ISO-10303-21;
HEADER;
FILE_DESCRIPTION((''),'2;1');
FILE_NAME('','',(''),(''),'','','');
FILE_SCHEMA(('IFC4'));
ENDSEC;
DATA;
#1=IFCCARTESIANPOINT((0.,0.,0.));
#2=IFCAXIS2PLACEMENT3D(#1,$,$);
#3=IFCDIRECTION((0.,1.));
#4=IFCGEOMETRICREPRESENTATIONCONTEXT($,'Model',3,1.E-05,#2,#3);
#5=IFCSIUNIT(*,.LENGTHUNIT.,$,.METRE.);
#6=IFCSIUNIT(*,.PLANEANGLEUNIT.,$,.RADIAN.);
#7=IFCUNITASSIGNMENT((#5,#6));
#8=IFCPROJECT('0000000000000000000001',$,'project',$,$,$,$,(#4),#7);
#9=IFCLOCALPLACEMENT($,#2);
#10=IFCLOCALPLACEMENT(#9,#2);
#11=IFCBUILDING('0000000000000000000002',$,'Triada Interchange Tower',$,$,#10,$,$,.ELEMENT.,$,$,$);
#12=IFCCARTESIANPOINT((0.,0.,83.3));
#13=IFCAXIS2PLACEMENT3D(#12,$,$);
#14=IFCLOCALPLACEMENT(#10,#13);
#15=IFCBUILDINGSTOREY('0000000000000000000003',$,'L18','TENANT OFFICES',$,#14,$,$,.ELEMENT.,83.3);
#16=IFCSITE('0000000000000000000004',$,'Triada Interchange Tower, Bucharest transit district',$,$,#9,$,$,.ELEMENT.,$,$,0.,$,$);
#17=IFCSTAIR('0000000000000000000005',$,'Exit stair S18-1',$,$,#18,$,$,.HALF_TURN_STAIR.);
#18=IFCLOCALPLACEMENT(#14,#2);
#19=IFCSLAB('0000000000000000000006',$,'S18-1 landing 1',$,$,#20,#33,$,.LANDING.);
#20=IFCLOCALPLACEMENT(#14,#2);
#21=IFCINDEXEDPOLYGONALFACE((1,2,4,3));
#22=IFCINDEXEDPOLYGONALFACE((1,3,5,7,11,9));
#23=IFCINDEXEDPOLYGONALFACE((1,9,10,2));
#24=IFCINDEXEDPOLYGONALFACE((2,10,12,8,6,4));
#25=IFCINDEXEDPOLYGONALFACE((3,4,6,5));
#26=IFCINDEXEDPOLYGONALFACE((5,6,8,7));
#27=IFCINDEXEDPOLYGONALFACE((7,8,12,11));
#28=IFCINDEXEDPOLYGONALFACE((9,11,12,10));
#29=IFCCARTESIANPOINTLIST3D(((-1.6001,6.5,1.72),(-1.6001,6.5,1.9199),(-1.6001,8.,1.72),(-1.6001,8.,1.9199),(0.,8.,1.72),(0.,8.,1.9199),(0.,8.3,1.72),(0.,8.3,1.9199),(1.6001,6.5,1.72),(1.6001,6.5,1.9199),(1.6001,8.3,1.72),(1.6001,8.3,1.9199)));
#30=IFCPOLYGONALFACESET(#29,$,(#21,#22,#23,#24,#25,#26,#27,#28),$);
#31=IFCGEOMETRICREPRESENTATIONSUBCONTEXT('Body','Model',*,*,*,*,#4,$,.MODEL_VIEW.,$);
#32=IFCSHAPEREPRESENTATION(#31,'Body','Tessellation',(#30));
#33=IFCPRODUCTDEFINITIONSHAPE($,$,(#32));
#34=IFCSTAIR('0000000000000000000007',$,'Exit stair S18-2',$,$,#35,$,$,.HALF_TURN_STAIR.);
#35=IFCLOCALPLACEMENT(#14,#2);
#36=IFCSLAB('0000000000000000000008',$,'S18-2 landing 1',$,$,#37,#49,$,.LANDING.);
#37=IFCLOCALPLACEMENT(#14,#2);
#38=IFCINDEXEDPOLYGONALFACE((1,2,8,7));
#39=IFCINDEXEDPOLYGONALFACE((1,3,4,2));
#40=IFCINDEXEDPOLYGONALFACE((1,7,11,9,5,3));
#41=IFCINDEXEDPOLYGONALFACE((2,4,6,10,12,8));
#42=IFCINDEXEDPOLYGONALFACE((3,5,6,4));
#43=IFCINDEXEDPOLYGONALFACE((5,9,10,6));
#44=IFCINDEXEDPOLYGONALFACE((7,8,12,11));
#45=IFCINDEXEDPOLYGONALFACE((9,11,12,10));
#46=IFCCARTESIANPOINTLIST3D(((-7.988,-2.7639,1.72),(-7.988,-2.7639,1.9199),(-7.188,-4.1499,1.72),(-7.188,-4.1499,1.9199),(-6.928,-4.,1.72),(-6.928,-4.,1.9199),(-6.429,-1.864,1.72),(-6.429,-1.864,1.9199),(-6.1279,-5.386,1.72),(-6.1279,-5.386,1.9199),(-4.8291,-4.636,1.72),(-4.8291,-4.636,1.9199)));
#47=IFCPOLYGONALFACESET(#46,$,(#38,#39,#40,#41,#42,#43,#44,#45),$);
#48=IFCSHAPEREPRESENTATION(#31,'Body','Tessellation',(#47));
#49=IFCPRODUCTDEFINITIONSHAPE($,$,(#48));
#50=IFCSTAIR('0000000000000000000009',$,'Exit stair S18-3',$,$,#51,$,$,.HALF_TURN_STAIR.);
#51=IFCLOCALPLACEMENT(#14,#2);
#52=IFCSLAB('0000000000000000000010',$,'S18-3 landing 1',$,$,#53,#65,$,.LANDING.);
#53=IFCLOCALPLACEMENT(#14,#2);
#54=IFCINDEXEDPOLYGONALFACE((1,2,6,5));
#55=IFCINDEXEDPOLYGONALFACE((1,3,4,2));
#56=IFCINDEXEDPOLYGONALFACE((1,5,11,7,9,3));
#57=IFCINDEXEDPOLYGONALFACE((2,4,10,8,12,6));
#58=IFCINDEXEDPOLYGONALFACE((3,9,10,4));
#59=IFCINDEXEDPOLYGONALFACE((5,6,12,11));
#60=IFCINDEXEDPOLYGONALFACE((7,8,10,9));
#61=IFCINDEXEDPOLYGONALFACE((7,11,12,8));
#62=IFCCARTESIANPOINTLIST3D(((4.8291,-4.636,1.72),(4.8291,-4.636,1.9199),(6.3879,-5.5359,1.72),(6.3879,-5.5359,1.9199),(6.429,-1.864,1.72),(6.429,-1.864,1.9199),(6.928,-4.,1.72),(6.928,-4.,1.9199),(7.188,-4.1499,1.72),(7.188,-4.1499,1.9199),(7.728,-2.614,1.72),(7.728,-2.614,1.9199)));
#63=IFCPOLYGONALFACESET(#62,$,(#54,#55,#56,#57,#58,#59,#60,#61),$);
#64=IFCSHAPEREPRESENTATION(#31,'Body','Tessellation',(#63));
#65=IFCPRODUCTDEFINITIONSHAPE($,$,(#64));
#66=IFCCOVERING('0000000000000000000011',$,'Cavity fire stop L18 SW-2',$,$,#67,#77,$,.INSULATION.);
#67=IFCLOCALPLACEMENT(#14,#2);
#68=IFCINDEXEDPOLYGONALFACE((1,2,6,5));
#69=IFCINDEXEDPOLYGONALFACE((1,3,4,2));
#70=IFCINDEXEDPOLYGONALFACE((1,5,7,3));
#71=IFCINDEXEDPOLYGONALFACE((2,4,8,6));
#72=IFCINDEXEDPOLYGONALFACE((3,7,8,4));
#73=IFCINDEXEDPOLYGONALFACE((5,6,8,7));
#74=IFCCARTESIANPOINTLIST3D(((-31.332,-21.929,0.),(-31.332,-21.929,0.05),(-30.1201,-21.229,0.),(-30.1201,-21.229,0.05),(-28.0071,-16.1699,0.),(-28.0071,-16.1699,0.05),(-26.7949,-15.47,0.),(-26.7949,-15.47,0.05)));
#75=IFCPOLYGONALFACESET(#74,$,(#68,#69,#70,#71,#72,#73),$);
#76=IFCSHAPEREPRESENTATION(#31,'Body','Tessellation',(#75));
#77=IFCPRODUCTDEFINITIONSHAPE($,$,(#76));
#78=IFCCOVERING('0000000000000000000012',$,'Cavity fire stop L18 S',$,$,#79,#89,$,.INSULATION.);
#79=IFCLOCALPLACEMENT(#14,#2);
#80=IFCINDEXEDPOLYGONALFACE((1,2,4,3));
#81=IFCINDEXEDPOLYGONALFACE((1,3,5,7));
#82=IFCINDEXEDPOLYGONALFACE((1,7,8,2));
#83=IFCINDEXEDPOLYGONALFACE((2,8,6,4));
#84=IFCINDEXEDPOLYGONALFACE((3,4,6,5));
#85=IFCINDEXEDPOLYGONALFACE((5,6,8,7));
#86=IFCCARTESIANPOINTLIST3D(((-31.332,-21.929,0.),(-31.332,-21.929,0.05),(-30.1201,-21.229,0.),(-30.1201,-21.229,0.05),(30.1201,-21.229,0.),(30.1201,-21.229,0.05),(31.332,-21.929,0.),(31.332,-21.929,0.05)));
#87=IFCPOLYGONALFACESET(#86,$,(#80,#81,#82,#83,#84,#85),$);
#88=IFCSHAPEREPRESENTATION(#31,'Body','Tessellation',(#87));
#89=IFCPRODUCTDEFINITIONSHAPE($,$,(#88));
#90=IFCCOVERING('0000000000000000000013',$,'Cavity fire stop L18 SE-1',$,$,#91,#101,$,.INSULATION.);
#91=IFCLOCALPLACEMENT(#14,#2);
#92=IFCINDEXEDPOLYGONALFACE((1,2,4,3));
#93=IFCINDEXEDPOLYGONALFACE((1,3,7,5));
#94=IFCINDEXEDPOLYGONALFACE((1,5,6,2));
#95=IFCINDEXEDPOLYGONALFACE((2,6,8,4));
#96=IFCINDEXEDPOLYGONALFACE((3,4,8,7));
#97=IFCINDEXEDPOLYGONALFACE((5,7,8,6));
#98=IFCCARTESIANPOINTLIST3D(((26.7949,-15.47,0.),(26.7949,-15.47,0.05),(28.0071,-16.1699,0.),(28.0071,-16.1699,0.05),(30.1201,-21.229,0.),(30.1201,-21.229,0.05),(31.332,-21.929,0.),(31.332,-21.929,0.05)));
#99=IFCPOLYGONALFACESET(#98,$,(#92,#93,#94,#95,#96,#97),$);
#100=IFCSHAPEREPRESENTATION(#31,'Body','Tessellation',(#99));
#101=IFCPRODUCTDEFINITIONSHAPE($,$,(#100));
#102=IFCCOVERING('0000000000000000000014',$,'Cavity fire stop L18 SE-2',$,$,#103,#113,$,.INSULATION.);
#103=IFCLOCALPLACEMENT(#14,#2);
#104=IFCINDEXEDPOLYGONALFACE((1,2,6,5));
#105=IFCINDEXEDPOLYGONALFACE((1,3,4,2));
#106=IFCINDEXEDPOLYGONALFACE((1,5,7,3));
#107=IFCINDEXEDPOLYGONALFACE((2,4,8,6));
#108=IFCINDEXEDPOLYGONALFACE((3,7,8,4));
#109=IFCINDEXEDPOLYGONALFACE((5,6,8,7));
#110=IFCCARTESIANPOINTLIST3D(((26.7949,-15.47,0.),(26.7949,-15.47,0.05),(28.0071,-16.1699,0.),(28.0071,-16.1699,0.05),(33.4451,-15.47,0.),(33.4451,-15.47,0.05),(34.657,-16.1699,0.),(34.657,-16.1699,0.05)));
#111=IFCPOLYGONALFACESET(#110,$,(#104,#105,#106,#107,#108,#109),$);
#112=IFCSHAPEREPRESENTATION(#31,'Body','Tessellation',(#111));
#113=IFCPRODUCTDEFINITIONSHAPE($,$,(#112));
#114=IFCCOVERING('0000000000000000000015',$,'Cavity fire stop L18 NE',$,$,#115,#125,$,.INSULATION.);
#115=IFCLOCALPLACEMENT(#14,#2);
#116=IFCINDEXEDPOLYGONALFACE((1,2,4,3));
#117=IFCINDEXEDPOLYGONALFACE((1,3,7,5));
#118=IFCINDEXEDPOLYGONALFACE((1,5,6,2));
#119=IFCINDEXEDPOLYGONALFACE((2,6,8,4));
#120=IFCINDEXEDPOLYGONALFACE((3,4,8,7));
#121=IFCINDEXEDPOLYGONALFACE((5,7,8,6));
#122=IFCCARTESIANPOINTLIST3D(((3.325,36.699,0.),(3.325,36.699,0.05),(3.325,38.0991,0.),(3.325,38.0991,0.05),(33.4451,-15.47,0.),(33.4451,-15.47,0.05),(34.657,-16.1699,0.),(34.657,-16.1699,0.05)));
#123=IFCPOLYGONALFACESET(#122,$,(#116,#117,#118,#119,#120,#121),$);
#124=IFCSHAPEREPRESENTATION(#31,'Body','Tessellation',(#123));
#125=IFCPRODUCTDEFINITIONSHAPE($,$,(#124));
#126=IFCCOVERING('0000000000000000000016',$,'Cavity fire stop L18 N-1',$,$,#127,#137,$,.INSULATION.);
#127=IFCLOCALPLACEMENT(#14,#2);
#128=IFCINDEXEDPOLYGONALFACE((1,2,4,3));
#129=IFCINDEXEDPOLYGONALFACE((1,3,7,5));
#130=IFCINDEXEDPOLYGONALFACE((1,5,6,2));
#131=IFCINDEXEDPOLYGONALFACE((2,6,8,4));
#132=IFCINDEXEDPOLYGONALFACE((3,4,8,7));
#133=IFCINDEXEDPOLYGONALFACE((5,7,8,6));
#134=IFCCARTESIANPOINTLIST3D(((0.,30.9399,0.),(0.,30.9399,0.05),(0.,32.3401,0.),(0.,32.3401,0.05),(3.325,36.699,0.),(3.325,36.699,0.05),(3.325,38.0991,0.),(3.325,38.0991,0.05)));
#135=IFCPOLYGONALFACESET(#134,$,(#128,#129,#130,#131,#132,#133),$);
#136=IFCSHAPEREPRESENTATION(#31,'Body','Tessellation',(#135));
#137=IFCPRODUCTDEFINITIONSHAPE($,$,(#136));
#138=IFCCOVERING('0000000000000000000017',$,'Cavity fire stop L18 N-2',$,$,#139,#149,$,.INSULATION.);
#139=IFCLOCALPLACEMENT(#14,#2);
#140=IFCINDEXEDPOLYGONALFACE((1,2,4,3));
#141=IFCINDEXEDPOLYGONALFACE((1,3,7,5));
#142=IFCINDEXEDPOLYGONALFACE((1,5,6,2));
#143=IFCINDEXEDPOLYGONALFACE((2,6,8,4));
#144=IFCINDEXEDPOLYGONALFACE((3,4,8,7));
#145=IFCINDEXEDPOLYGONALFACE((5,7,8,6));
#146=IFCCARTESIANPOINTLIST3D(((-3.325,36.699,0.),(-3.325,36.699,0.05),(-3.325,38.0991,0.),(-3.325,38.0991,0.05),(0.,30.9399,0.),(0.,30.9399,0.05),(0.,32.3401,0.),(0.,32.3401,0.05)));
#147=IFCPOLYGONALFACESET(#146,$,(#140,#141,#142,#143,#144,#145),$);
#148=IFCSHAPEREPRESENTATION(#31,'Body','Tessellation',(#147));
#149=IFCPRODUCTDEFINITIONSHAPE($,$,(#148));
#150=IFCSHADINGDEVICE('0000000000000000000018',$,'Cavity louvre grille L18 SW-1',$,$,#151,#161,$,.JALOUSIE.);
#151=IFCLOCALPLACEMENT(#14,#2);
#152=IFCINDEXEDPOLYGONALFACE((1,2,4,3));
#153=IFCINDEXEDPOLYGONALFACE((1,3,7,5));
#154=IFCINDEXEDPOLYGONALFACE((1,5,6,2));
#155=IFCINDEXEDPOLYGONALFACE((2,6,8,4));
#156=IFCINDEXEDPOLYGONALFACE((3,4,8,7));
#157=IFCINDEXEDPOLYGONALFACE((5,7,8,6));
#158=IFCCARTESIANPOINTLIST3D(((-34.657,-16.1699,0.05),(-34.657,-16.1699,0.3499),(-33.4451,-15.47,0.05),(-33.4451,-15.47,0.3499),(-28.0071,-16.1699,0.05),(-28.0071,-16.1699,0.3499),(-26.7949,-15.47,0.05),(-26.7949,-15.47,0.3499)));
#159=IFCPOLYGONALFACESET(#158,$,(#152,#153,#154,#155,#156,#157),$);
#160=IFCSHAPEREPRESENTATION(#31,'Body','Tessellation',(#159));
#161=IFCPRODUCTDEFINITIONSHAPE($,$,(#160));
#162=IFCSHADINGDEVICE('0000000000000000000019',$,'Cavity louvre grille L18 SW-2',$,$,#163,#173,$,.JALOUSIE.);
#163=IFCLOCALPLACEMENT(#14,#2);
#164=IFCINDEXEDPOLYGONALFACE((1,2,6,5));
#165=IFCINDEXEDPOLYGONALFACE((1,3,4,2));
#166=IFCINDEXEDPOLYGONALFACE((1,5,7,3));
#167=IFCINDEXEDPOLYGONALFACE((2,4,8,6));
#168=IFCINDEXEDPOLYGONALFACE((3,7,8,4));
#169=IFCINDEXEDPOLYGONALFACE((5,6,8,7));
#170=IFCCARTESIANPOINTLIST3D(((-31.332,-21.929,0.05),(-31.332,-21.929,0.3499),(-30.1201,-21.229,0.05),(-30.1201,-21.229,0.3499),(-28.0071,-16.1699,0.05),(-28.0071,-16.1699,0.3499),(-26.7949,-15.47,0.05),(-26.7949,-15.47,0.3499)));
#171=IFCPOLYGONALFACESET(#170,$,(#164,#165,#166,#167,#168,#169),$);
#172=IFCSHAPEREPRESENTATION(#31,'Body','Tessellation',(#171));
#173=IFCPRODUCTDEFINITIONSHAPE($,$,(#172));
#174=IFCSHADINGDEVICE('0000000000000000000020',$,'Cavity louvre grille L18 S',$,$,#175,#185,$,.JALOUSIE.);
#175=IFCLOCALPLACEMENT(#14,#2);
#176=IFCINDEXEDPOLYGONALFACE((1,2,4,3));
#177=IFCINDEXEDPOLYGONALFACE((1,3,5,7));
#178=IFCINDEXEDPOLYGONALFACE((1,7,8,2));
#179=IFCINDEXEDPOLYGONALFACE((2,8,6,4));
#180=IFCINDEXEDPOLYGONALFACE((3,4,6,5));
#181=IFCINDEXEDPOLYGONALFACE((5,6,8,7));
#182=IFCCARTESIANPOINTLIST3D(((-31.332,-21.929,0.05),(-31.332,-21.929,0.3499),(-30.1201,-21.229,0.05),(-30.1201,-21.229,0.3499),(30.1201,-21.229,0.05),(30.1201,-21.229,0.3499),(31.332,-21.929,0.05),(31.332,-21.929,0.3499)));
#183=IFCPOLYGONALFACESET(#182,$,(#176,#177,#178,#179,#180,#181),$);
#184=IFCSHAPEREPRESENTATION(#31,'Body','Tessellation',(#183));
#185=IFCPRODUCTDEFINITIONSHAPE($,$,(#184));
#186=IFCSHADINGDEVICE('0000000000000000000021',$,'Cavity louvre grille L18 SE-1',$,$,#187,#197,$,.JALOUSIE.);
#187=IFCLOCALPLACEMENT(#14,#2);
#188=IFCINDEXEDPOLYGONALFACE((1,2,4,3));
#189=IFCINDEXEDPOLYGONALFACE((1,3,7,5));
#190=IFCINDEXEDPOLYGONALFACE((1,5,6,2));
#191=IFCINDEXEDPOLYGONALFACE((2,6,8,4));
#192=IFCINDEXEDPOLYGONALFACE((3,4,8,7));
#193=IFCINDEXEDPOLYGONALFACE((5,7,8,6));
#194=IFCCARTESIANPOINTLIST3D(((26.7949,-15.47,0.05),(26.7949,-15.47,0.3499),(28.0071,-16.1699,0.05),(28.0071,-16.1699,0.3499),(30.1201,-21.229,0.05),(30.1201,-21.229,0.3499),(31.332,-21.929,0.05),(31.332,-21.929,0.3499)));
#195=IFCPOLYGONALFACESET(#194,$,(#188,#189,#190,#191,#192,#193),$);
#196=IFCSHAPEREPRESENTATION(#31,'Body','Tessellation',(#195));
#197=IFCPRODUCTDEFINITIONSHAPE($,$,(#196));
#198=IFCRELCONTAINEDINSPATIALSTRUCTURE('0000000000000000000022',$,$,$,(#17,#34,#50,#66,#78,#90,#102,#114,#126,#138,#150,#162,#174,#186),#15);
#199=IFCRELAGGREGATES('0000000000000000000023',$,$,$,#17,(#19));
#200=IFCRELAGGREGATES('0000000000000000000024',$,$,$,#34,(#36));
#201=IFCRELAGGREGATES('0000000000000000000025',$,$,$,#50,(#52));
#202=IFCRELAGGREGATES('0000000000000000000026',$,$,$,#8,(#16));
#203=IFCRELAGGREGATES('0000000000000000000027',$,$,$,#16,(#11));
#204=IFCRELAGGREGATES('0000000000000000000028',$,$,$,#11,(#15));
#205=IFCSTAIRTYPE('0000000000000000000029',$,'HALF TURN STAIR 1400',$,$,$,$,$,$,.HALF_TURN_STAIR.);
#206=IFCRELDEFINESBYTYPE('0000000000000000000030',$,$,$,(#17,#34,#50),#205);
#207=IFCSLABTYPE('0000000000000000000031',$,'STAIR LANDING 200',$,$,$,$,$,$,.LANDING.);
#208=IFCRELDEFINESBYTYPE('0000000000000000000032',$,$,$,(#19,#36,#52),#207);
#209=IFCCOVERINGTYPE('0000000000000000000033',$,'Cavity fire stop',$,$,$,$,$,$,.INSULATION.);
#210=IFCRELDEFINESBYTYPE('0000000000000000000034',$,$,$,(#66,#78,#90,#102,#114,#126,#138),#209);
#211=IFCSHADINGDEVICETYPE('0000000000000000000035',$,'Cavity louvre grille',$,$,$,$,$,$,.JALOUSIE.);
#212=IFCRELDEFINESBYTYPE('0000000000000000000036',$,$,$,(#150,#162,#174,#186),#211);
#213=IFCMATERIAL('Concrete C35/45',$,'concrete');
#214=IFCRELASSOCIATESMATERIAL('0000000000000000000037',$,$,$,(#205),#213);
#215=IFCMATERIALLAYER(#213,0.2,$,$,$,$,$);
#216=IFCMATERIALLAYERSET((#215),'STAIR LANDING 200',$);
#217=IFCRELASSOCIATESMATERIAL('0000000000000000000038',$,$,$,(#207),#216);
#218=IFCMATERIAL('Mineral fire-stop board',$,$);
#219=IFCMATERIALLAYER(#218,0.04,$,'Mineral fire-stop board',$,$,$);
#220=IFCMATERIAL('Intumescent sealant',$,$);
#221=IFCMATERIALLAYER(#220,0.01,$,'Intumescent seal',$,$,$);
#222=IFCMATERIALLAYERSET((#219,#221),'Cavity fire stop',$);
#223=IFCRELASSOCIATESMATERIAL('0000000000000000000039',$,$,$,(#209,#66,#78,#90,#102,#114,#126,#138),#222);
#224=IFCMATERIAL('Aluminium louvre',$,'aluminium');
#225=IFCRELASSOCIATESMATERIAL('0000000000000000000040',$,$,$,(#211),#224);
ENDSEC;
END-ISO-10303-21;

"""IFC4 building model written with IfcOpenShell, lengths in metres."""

from ifc_helpers import new_model, si_unit, direction, frame, origin, place, context, subcontext, project, spatial, polyline, outline, extrude, material, layer, layer_set, layer_usage, type_object, element, aggregate, save


model = new_model("IFC4")

# Units and contexts
model_context = context("Model", 3, precision=1e-05, world=origin(), true_north=direction((0.0, 1.0)))
body_context = subcontext(model_context, "Body", "Model", "MODEL_VIEW")
ifc_project = project(units=[si_unit("LENGTHUNIT", "METRE"), si_unit("PLANEANGLEUNIT", "RADIAN")], contexts=[model_context])

# Site, building, storey
site_placement = place(None, origin())
site = spatial("IfcSite", under=ifc_project, at=site_placement, Name="Triada Interchange Tower, Bucharest transit district", CompositionType="ELEMENT", RefElevation=0.0)
building_placement = place(site_placement, origin())
building = spatial("IfcBuilding", under=site, at=building_placement, Name="Triada Interchange Tower", CompositionType="ELEMENT")
storey_placement = place(building_placement, frame((0.0, 0.0, 83.3)))
storey = spatial("IfcBuildingStorey", under=building, at=storey_placement, Name="L18", Description="TENANT OFFICES", CompositionType="ELEMENT", Elevation=83.3)

# Stairs, slabs
ifc_material_1 = material(Name="Concrete C35/45", Category="concrete")
stair_type = type_object("IfcStairType", Name="HALF TURN STAIR 1400", PredefinedType="HALF_TURN_STAIR", material=ifc_material_1)
stair_1_placement = place(storey_placement, origin())
stair_1 = element("IfcStair", 1, at=stair_1_placement, inside=storey, type_object=stair_type, Name="Exit stair S18-1", PredefinedType="HALF_TURN_STAIR")
ifc_layer_1 = layer(ifc_material_1, 0.2)
ifc_layer_set_1 = layer_set([ifc_layer_1], Name="STAIR LANDING 200")
slab_type = type_object("IfcSlabType", Name="STAIR LANDING 200", PredefinedType="LANDING", material=ifc_layer_set_1)
slab_1_placement = place(storey_placement, frame((0.0, 0.0, 1.72)))
slab_1 = element("IfcSlab", 2, at=slab_1_placement, type_object=slab_type, Name="S18-1 landing 1", PredefinedType="LANDING", context=body_context, shape_type="SweptSolid", body=[
    extrude(outline(polyline([(1.6001, 6.5), (1.6001, 8.3), (0.0, 8.3), (0.0, 8.0), (-1.6001, 8.0), (-1.6001, 6.5), (1.6001, 6.5)])), origin(), (0.0, 0.0, 1.0), 0.2),
])
aggregate(stair_1, [slab_1])
stair_2_placement = place(storey_placement, origin())
stair_2 = element("IfcStair", 3, at=stair_2_placement, inside=storey, type_object=stair_type, Name="Exit stair S18-2", PredefinedType="HALF_TURN_STAIR")
slab_2_placement = place(storey_placement, frame((0.0, 0.0, 1.72)))
slab_2 = element("IfcSlab", 4, at=slab_2_placement, type_object=slab_type, Name="S18-2 landing 1", PredefinedType="LANDING", context=body_context, shape_type="SweptSolid", body=[
    extrude(outline(polyline([(-6.429, -1.864), (-7.988, -2.7639), (-7.188, -4.1499), (-6.928, -4.0), (-6.1279, -5.386), (-4.8291, -4.636), (-6.429, -1.864)])), origin(), (0.0, 0.0, 1.0), 0.2),
])
aggregate(stair_2, [slab_2])
stair_3_placement = place(storey_placement, origin())
stair_3 = element("IfcStair", 5, at=stair_3_placement, inside=storey, type_object=stair_type, Name="Exit stair S18-3", PredefinedType="HALF_TURN_STAIR")
slab_3_placement = place(storey_placement, frame((0.0, 0.0, 1.72)))
slab_3 = element("IfcSlab", 6, at=slab_3_placement, type_object=slab_type, Name="S18-3 landing 1", PredefinedType="LANDING", context=body_context, shape_type="SweptSolid", body=[
    extrude(outline(polyline([(4.8291, -4.636), (6.3879, -5.5359), (7.188, -4.1499), (6.928, -4.0), (7.728, -2.614), (6.429, -1.864), (4.8291, -4.636)])), origin(), (0.0, 0.0, 1.0), 0.2),
])
aggregate(stair_3, [slab_3])

# Coverings
ifc_material_2 = material(Name="Mineral fire-stop board")
ifc_layer_2 = layer(ifc_material_2, 0.04, Name="Mineral fire-stop board")
ifc_material_3 = material(Name="Intumescent sealant")
ifc_layer_3 = layer(ifc_material_3, 0.01, Name="Intumescent seal")
ifc_layer_set_2 = layer_set([ifc_layer_2, ifc_layer_3], Name="Cavity fire stop")
ifc_layer_usage = layer_usage(ifc_layer_set_2, "AXIS3", "POSITIVE", 0.0)
covering_type = type_object("IfcCoveringType", Name="Cavity fire stop", PredefinedType="INSULATION", material=ifc_layer_set_2)
covering_1_placement = place(storey_placement, origin())
element("IfcCovering", 7, at=covering_1_placement, inside=storey, type_object=covering_type, material=ifc_layer_usage, Name="Cavity fire stop L18 SW-2", PredefinedType="INSULATION", context=body_context, shape_type="SweptSolid", body=[
    extrude(outline(polyline([(-26.7949, -15.47), (-28.0071, -16.1699), (-31.332, -21.929), (-30.1201, -21.229), (-26.7949, -15.47)])), origin(), (0.0, 0.0, 1.0), 0.05),
])
covering_2_placement = place(storey_placement, origin())
element("IfcCovering", 8, at=covering_2_placement, inside=storey, type_object=covering_type, material=ifc_layer_usage, Name="Cavity fire stop L18 S", PredefinedType="INSULATION", context=body_context, shape_type="SweptSolid", body=[
    extrude(outline(polyline([(-30.1201, -21.229), (-31.332, -21.929), (31.332, -21.929), (30.1201, -21.229), (-30.1201, -21.229)])), origin(), (0.0, 0.0, 1.0), 0.05),
])
covering_3_placement = place(storey_placement, origin())
element("IfcCovering", 9, at=covering_3_placement, inside=storey, type_object=covering_type, material=ifc_layer_usage, Name="Cavity fire stop L18 SE-1", PredefinedType="INSULATION", context=body_context, shape_type="SweptSolid", body=[
    extrude(outline(polyline([(30.1201, -21.229), (31.332, -21.929), (28.0071, -16.1699), (26.7949, -15.47), (30.1201, -21.229)])), origin(), (0.0, 0.0, 1.0), 0.05),
])
covering_4_placement = place(storey_placement, origin())
element("IfcCovering", 10, at=covering_4_placement, inside=storey, type_object=covering_type, material=ifc_layer_usage, Name="Cavity fire stop L18 SE-2", PredefinedType="INSULATION", context=body_context, shape_type="SweptSolid", body=[
    extrude(outline(polyline([(26.7949, -15.47), (28.0071, -16.1699), (34.657, -16.1699), (33.4451, -15.47), (26.7949, -15.47)])), origin(), (0.0, 0.0, 1.0), 0.05),
])
covering_5_placement = place(storey_placement, origin())
element("IfcCovering", 11, at=covering_5_placement, inside=storey, type_object=covering_type, material=ifc_layer_usage, Name="Cavity fire stop L18 NE", PredefinedType="INSULATION", context=body_context, shape_type="SweptSolid", body=[
    extrude(outline(polyline([(33.4451, -15.47), (34.657, -16.1699), (3.325, 38.0991), (3.325, 36.699), (33.4451, -15.47)])), origin(), (0.0, 0.0, 1.0), 0.05),
])
covering_6_placement = place(storey_placement, origin())
element("IfcCovering", 12, at=covering_6_placement, inside=storey, type_object=covering_type, material=ifc_layer_usage, Name="Cavity fire stop L18 N-1", PredefinedType="INSULATION", context=body_context, shape_type="SweptSolid", body=[
    extrude(outline(polyline([(3.325, 36.699), (3.325, 38.0991), (0.0, 32.3401), (0.0, 30.9399), (3.325, 36.699)])), origin(), (0.0, 0.0, 1.0), 0.05),
])
covering_7_placement = place(storey_placement, origin())
element("IfcCovering", 13, at=covering_7_placement, inside=storey, type_object=covering_type, material=ifc_layer_usage, Name="Cavity fire stop L18 N-2", PredefinedType="INSULATION", context=body_context, shape_type="SweptSolid", body=[
    extrude(outline(polyline([(0.0, 30.9399), (0.0, 32.3401), (-3.325, 38.0991), (-3.325, 36.699), (0.0, 30.9399)])), origin(), (0.0, 0.0, 1.0), 0.05),
])

# Shading devices
ifc_material_4 = material(Name="Aluminium louvre", Category="aluminium")
shading_device_type = type_object("IfcShadingDeviceType", Name="Cavity louvre grille", PredefinedType="JALOUSIE", material=ifc_material_4)
shading_device_1_placement = place(storey_placement, frame((0.0, 0.0, 0.05)))
element("IfcShadingDevice", 14, at=shading_device_1_placement, inside=storey, type_object=shading_device_type, Name="Cavity louvre grille L18 SW-1", PredefinedType="JALOUSIE", context=body_context, shape_type="SweptSolid", body=[
    extrude(outline(polyline([(-33.4451, -15.47), (-34.657, -16.1699), (-28.0071, -16.1699), (-26.7949, -15.47), (-33.4451, -15.47)])), origin(), (0.0, 0.0, 1.0), 0.2998),
])
shading_device_2_placement = place(storey_placement, frame((0.0, 0.0, 0.05)))
element("IfcShadingDevice", 15, at=shading_device_2_placement, inside=storey, type_object=shading_device_type, Name="Cavity louvre grille L18 SW-2", PredefinedType="JALOUSIE", context=body_context, shape_type="SweptSolid", body=[
    extrude(outline(polyline([(-26.7949, -15.47), (-28.0071, -16.1699), (-31.332, -21.929), (-30.1201, -21.229), (-26.7949, -15.47)])), origin(), (0.0, 0.0, 1.0), 0.2998),
])
shading_device_3_placement = place(storey_placement, frame((0.0, 0.0, 0.05)))
element("IfcShadingDevice", 16, at=shading_device_3_placement, inside=storey, type_object=shading_device_type, Name="Cavity louvre grille L18 S", PredefinedType="JALOUSIE", context=body_context, shape_type="SweptSolid", body=[
    extrude(outline(polyline([(-30.1201, -21.229), (-31.332, -21.929), (31.332, -21.929), (30.1201, -21.229), (-30.1201, -21.229)])), origin(), (0.0, 0.0, 1.0), 0.2998),
])
shading_device_4_placement = place(storey_placement, frame((0.0, 0.0, 0.05)))
element("IfcShadingDevice", 17, at=shading_device_4_placement, inside=storey, type_object=shading_device_type, Name="Cavity louvre grille L18 SE-1", PredefinedType="JALOUSIE", context=body_context, shape_type="SweptSolid", body=[
    extrude(outline(polyline([(30.1201, -21.229), (31.332, -21.929), (28.0071, -16.1699), (26.7949, -15.47), (30.1201, -21.229)])), origin(), (0.0, 0.0, 1.0), 0.2998),
])

save(model, "model.ifc")
